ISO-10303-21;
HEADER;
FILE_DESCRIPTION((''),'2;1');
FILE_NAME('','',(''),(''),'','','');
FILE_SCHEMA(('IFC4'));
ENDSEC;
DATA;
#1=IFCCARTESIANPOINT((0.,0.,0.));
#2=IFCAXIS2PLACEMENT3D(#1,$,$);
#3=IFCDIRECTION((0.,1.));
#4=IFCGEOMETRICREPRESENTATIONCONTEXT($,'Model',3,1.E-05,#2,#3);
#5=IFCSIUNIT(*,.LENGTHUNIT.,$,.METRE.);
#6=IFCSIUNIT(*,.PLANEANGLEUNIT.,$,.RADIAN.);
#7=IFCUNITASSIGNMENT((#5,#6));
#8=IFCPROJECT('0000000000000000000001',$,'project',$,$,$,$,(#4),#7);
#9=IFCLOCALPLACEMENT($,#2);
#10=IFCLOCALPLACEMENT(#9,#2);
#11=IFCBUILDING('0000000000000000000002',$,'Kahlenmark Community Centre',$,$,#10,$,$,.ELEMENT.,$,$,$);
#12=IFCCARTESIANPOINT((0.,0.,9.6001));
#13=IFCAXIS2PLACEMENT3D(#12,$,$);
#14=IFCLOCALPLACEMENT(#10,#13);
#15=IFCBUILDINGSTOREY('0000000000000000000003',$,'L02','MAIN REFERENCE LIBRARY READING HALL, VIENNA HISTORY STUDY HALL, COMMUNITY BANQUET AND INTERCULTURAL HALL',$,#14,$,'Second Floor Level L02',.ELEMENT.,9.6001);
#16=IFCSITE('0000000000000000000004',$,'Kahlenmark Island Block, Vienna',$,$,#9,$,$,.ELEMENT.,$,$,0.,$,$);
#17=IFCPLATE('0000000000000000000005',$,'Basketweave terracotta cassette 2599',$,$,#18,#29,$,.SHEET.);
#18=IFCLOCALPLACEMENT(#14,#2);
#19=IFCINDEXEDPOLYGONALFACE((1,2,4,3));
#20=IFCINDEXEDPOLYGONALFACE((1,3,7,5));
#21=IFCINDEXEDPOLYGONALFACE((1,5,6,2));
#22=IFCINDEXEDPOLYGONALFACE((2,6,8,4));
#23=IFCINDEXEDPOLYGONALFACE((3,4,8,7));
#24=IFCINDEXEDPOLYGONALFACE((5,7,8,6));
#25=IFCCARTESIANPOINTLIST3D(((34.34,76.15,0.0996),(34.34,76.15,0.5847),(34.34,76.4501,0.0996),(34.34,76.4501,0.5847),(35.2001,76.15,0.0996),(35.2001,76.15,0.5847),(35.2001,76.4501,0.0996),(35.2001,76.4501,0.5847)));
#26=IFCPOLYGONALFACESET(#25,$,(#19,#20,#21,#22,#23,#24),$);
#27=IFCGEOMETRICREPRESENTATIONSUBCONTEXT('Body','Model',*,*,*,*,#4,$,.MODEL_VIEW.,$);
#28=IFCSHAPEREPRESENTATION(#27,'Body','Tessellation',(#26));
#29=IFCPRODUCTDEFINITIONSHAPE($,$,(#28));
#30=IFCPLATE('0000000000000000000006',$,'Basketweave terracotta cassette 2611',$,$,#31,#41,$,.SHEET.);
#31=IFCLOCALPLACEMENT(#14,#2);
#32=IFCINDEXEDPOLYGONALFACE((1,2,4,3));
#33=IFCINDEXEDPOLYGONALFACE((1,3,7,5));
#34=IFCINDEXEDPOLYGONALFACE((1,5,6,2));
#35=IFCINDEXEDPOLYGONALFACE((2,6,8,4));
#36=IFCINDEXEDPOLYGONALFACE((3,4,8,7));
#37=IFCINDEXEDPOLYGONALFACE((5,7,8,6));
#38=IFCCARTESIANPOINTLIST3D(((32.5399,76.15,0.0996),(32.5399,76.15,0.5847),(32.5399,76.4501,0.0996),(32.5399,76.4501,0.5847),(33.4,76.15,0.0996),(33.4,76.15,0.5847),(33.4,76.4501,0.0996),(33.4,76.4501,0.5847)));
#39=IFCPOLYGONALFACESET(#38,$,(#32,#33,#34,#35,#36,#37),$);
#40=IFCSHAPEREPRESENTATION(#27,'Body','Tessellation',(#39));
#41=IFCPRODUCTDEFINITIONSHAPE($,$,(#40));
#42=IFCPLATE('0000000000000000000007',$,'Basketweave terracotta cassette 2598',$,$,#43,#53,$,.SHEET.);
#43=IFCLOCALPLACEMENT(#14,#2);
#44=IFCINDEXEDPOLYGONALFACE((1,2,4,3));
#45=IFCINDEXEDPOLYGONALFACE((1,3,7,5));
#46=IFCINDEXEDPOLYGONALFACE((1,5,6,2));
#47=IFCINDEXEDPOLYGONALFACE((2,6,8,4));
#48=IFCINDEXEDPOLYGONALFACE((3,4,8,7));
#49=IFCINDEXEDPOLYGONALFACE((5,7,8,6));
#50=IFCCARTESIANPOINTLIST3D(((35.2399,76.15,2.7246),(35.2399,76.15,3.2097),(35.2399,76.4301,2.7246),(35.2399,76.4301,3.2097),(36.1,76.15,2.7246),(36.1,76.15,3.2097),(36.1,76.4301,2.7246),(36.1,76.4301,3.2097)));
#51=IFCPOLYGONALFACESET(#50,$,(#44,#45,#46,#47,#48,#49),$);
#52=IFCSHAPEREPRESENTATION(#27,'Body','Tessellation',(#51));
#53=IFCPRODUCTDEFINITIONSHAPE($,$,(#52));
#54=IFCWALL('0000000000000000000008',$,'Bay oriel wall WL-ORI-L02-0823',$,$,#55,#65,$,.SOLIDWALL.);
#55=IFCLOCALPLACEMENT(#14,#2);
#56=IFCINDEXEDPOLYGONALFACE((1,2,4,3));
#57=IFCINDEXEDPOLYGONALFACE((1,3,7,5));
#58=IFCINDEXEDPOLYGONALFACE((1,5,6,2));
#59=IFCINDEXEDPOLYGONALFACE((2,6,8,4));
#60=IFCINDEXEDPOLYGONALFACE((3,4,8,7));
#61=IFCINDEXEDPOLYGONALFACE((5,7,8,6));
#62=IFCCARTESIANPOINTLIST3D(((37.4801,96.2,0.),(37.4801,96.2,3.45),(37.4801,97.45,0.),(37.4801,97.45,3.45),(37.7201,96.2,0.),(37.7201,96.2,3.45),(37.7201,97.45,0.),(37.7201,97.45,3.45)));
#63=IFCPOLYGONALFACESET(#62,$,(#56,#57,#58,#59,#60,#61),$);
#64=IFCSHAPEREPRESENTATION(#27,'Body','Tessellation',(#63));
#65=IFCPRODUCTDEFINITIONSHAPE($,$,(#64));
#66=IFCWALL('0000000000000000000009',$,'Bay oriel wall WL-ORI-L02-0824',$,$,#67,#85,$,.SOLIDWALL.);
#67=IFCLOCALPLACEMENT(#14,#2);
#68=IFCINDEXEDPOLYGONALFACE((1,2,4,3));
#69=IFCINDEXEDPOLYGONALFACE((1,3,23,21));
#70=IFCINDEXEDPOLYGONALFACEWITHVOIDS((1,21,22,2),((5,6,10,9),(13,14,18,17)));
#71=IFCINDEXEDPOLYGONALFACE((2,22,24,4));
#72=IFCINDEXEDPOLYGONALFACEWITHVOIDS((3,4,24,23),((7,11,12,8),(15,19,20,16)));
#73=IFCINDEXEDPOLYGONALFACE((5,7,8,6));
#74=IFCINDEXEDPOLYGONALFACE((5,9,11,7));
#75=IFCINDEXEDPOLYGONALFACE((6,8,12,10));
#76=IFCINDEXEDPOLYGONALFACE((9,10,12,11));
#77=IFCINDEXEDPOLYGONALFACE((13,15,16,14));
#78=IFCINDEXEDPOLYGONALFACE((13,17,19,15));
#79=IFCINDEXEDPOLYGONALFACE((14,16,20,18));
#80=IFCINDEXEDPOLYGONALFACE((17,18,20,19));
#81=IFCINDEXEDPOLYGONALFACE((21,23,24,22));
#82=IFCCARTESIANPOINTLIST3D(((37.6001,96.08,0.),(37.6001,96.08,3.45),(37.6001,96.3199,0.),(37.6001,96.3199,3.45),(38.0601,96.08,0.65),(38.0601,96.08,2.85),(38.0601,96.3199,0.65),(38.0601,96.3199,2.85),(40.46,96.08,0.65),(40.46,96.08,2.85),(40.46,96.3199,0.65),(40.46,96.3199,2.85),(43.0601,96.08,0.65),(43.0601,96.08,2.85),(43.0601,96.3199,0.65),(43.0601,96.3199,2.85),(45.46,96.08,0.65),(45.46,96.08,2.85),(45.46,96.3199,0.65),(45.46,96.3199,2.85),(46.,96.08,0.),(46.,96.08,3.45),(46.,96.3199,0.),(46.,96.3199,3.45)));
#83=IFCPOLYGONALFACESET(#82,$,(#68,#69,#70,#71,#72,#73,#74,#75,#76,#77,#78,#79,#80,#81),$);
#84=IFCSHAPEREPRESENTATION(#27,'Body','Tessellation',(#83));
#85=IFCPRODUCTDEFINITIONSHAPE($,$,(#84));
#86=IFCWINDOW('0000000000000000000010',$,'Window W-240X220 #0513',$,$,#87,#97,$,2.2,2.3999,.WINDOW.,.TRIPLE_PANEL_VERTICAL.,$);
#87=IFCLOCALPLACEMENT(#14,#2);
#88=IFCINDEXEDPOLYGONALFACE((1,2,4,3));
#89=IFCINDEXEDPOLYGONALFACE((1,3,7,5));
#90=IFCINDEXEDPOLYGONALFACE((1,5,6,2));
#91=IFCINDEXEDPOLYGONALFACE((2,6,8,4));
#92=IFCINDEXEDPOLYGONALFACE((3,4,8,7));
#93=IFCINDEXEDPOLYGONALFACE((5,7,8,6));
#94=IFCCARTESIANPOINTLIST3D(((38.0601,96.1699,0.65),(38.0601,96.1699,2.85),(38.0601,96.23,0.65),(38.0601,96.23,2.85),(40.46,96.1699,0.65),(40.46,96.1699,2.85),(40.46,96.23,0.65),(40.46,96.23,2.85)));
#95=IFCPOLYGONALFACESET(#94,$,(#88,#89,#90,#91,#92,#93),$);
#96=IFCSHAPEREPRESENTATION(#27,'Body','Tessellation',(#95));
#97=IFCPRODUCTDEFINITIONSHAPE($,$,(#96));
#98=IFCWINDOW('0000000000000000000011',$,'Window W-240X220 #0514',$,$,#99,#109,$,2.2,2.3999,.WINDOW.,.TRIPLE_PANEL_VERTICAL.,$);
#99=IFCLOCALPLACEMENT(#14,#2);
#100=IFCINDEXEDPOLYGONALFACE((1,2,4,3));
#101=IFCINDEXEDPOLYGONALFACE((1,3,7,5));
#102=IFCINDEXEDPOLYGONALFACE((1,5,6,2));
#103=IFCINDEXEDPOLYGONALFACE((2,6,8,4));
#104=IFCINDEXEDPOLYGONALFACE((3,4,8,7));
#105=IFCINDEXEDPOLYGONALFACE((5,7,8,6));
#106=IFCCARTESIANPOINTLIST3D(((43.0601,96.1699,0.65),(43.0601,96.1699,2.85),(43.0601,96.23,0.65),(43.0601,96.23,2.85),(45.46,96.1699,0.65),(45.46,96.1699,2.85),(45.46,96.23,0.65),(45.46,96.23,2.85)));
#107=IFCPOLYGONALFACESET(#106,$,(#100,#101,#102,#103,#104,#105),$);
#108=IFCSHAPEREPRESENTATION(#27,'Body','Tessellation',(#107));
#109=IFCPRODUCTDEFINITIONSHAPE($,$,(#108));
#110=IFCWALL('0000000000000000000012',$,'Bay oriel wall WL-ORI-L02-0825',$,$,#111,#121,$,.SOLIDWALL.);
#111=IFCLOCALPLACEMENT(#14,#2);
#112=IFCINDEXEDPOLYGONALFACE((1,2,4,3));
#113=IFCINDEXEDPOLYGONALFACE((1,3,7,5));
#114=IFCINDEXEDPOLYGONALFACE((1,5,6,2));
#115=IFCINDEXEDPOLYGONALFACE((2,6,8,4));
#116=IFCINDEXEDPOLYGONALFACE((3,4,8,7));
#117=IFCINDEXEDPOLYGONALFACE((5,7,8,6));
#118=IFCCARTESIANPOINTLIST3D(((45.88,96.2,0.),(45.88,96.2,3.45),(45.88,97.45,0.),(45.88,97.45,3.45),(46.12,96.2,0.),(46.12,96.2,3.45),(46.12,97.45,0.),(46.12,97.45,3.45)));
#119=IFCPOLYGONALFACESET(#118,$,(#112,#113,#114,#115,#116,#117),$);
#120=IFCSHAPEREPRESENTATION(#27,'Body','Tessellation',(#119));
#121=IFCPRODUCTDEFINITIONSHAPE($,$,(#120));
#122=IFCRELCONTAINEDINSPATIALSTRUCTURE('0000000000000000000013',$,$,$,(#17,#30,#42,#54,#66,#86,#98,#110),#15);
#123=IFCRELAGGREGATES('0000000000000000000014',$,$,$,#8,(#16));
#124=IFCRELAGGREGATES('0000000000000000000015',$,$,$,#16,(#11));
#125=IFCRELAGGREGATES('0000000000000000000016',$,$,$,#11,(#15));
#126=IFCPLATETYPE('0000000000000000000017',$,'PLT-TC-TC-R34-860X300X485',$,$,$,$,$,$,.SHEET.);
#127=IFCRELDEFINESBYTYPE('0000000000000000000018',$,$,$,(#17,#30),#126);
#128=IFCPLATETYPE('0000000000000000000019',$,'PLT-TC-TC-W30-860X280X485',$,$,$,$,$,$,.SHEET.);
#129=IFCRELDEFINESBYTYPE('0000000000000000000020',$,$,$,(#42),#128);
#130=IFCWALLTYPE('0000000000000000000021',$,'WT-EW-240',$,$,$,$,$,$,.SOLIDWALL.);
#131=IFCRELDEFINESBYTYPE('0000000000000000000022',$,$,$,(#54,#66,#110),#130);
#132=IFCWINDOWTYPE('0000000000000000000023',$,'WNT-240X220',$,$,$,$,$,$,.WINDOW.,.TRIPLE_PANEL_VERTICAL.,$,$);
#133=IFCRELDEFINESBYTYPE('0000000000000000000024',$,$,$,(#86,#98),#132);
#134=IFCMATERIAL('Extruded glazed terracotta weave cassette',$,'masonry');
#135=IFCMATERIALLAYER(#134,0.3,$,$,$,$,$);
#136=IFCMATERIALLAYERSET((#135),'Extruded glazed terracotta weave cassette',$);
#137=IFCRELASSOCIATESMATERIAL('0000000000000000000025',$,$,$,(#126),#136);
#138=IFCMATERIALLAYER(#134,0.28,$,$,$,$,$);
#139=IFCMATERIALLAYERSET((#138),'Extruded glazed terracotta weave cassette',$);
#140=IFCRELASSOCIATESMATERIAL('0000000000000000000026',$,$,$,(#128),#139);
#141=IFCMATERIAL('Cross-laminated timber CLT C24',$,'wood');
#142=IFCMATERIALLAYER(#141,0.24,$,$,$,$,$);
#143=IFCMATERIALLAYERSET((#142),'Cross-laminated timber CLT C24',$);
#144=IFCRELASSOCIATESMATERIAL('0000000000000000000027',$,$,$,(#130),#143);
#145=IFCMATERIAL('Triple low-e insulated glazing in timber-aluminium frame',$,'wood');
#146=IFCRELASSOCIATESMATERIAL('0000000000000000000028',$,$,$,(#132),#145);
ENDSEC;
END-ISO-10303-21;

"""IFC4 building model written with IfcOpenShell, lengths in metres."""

from ifc_helpers import new_model, si_unit, direction, frame, frame_2d, origin, origin_2d, place, context, subcontext, project, spatial, rectangle, extrude, material, layer, layer_set, type_object, element, fill, save


model = new_model("IFC4")

# Units and contexts
model_context = context("Model", 3, precision=1e-05, world=origin(), true_north=direction((0.0, 1.0)))
body_context = subcontext(model_context, "Body", "Model", "MODEL_VIEW")
ifc_project = project(units=[si_unit("LENGTHUNIT", "METRE"), si_unit("PLANEANGLEUNIT", "RADIAN")], contexts=[model_context])

# Site, building, storey
site_placement = place(None, origin())
site = spatial("IfcSite", under=ifc_project, at=site_placement, Name="Kahlenmark Island Block, Vienna", CompositionType="ELEMENT", RefElevation=0.0)
building_placement = place(site_placement, origin())
building = spatial("IfcBuilding", under=site, at=building_placement, Name="Kahlenmark Community Centre", CompositionType="ELEMENT")
storey_placement = place(building_placement, frame((0.0, 0.0, 9.6001)))
storey = spatial("IfcBuildingStorey", under=building, at=storey_placement, Name="L02", Description="MAIN REFERENCE LIBRARY READING HALL, VIENNA HISTORY STUDY HALL, COMMUNITY BANQUET AND INTERCULTURAL HALL", LongName="Second Floor Level L02", CompositionType="ELEMENT", Elevation=9.6001)

# Plates
ifc_material_1 = material(Name="Extruded glazed terracotta weave cassette", Category="masonry")
ifc_layer_1 = layer(ifc_material_1, 0.3)
ifc_layer_set_1 = layer_set([ifc_layer_1], Name="Extruded glazed terracotta weave cassette")
plate_type_1 = type_object("IfcPlateType", Name="PLT-TC-TC-R34-860X300X485", PredefinedType="SHEET", material=ifc_layer_set_1)
for number, where, z_axis, x_axis, name in (
    (1, (34.77, 76.3, 0.0996), (0.0, 0.0, 1.0), (-1.0, 0.0, 0.0), "Basketweave terracotta cassette 2599"),
    (2, (32.97, 76.3, 0.0996), (0.0, 0.0, 1.0), (-1.0, 0.0, 0.0), "Basketweave terracotta cassette 2611"),
):
    element("IfcPlate", number, at=place(storey_placement, frame(where, z_axis=z_axis, x_axis=x_axis)), inside=storey, type_object=plate_type_1, Name=name, PredefinedType="SHEET", context=body_context, shape_type="SweptSolid", body=[
        extrude(rectangle(XDim=0.8601, YDim=0.3, at=origin_2d()), origin(), (0.0, 0.0, 1.0), 0.4851),
    ])
ifc_layer_2 = layer(ifc_material_1, 0.28)
ifc_layer_set_2 = layer_set([ifc_layer_2], Name="Extruded glazed terracotta weave cassette")
plate_type_2 = type_object("IfcPlateType", Name="PLT-TC-TC-W30-860X280X485", PredefinedType="SHEET", material=ifc_layer_set_2)
plate_placement = place(storey_placement, frame((35.6699, 76.29, 2.7246), z_axis=(0.0, 0.0, 1.0), x_axis=(-1.0, 0.0, 0.0)))
element("IfcPlate", 3, at=plate_placement, inside=storey, type_object=plate_type_2, Name="Basketweave terracotta cassette 2598", PredefinedType="SHEET", context=body_context, shape_type="SweptSolid", body=[
    extrude(rectangle(XDim=0.8601, YDim=0.28, at=origin_2d()), origin(), (0.0, 0.0, 1.0), 0.4851),
])

# Wall
ifc_material_2 = material(Name="Cross-laminated timber CLT C24", Category="wood")
ifc_layer_3 = layer(ifc_material_2, 0.24)
ifc_layer_set_3 = layer_set([ifc_layer_3], Name="Cross-laminated timber CLT C24")
wall_type = type_object("IfcWallType", Name="WT-EW-240", PredefinedType="SOLIDWALL", material=ifc_layer_set_3)
wall_1_placement = place(storey_placement, frame((37.6001, 97.45, 0.0), z_axis=(0.0, 0.0, 1.0), x_axis=(0.0, -1.0, 0.0)))
element("IfcWall", 4, at=wall_1_placement, inside=storey, type_object=wall_type, Name="Bay oriel wall WL-ORI-L02-0823", PredefinedType="SOLIDWALL", context=body_context, shape_type="SweptSolid", body=[
    extrude(rectangle(XDim=1.25, YDim=0.24, at=frame_2d((0.625, 0.0))), origin(), (0.0, 0.0, 1.0), 3.45),
])

# Wall, openings, windows
wall_2_placement = place(storey_placement, frame((37.6001, 96.2, 0.0), z_axis=(0.0, 0.0, 1.0), x_axis=(1.0, 0.0, 0.0)))
wall_2 = element("IfcWall", 5, at=wall_2_placement, inside=storey, type_object=wall_type, Name="Bay oriel wall WL-ORI-L02-0824", PredefinedType="SOLIDWALL", context=body_context, shape_type="SweptSolid", body=[
    extrude(rectangle(XDim=8.3999, YDim=0.24, at=frame_2d((4.2, 0.0))), origin(), (0.0, 0.0, 1.0), 3.45),
])
opening_1_placement = place(wall_2_placement, frame((0.46, 0.0, 0.6499)))
opening_1 = element("IfcOpeningElement", 6, at=opening_1_placement, cuts=wall_2, PredefinedType="OPENING", context=body_context, shape_type="SweptSolid", body=[
    extrude(rectangle(XDim=2.3999, YDim=2.2, at=frame_2d((1.2, 1.1001))), frame((0.0, 0.1299, 0.0), z_axis=(0.0, -1.0, 0.0), x_axis=(1.0, 0.0, 0.0)), (0.0, 0.0, 1.0), 0.26),
])
opening_2_placement = place(wall_2_placement, frame((5.46, 0.0, 0.6499)))
opening_2 = element("IfcOpeningElement", 7, at=opening_2_placement, cuts=wall_2, PredefinedType="OPENING", context=body_context, shape_type="SweptSolid", body=[
    extrude(rectangle(XDim=2.3999, YDim=2.2, at=frame_2d((1.2, 1.1001))), frame((0.0, 0.1299, 0.0), z_axis=(0.0, -1.0, 0.0), x_axis=(1.0, 0.0, 0.0)), (0.0, 0.0, 1.0), 0.26),
])
ifc_material_3 = material(Name="Triple low-e insulated glazing in timber-aluminium frame", Category="wood")
window_type = type_object("IfcWindowType", Name="WNT-240X220", PartitioningType="TRIPLE_PANEL_VERTICAL", PredefinedType="WINDOW", material=ifc_material_3)
window_1_placement = place(opening_1_placement, origin())
window_1 = element("IfcWindow", 8, at=window_1_placement, inside=storey, type_object=window_type, Name="Window W-240X220 #0513", OverallHeight=2.2, OverallWidth=2.3999, PartitioningType="TRIPLE_PANEL_VERTICAL", PredefinedType="WINDOW", context=body_context, shape_type="SweptSolid", body=[
    extrude(rectangle(XDim=2.3999, YDim=2.2, at=frame_2d((1.2, 1.1001))), frame((0.0, 0.03, 0.0), z_axis=(0.0, -1.0, 0.0), x_axis=(1.0, 0.0, 0.0)), (0.0, 0.0, 1.0), 0.0601),
])
fill(opening_1, window_1)
window_2_placement = place(opening_2_placement, origin())
window_2 = element("IfcWindow", 9, at=window_2_placement, inside=storey, type_object=window_type, Name="Window W-240X220 #0514", OverallHeight=2.2, OverallWidth=2.3999, PartitioningType="TRIPLE_PANEL_VERTICAL", PredefinedType="WINDOW", context=body_context, shape_type="SweptSolid", body=[
    extrude(rectangle(XDim=2.3999, YDim=2.2, at=frame_2d((1.2, 1.1001))), frame((0.0, 0.03, 0.0), z_axis=(0.0, -1.0, 0.0), x_axis=(1.0, 0.0, 0.0)), (0.0, 0.0, 1.0), 0.0601),
])
fill(opening_2, window_2)

# Wall
wall_3_placement = place(storey_placement, frame((46.0, 96.2, 0.0), z_axis=(0.0, 0.0, 1.0), x_axis=(0.0, 1.0, 0.0)))
element("IfcWall", 10, at=wall_3_placement, inside=storey, type_object=wall_type, Name="Bay oriel wall WL-ORI-L02-0825", PredefinedType="SOLIDWALL", context=body_context, shape_type="SweptSolid", body=[
    extrude(rectangle(XDim=1.25, YDim=0.24, at=frame_2d((0.625, 0.0))), origin(), (0.0, 0.0, 1.0), 3.45),
])

save(model, "model.ifc")
